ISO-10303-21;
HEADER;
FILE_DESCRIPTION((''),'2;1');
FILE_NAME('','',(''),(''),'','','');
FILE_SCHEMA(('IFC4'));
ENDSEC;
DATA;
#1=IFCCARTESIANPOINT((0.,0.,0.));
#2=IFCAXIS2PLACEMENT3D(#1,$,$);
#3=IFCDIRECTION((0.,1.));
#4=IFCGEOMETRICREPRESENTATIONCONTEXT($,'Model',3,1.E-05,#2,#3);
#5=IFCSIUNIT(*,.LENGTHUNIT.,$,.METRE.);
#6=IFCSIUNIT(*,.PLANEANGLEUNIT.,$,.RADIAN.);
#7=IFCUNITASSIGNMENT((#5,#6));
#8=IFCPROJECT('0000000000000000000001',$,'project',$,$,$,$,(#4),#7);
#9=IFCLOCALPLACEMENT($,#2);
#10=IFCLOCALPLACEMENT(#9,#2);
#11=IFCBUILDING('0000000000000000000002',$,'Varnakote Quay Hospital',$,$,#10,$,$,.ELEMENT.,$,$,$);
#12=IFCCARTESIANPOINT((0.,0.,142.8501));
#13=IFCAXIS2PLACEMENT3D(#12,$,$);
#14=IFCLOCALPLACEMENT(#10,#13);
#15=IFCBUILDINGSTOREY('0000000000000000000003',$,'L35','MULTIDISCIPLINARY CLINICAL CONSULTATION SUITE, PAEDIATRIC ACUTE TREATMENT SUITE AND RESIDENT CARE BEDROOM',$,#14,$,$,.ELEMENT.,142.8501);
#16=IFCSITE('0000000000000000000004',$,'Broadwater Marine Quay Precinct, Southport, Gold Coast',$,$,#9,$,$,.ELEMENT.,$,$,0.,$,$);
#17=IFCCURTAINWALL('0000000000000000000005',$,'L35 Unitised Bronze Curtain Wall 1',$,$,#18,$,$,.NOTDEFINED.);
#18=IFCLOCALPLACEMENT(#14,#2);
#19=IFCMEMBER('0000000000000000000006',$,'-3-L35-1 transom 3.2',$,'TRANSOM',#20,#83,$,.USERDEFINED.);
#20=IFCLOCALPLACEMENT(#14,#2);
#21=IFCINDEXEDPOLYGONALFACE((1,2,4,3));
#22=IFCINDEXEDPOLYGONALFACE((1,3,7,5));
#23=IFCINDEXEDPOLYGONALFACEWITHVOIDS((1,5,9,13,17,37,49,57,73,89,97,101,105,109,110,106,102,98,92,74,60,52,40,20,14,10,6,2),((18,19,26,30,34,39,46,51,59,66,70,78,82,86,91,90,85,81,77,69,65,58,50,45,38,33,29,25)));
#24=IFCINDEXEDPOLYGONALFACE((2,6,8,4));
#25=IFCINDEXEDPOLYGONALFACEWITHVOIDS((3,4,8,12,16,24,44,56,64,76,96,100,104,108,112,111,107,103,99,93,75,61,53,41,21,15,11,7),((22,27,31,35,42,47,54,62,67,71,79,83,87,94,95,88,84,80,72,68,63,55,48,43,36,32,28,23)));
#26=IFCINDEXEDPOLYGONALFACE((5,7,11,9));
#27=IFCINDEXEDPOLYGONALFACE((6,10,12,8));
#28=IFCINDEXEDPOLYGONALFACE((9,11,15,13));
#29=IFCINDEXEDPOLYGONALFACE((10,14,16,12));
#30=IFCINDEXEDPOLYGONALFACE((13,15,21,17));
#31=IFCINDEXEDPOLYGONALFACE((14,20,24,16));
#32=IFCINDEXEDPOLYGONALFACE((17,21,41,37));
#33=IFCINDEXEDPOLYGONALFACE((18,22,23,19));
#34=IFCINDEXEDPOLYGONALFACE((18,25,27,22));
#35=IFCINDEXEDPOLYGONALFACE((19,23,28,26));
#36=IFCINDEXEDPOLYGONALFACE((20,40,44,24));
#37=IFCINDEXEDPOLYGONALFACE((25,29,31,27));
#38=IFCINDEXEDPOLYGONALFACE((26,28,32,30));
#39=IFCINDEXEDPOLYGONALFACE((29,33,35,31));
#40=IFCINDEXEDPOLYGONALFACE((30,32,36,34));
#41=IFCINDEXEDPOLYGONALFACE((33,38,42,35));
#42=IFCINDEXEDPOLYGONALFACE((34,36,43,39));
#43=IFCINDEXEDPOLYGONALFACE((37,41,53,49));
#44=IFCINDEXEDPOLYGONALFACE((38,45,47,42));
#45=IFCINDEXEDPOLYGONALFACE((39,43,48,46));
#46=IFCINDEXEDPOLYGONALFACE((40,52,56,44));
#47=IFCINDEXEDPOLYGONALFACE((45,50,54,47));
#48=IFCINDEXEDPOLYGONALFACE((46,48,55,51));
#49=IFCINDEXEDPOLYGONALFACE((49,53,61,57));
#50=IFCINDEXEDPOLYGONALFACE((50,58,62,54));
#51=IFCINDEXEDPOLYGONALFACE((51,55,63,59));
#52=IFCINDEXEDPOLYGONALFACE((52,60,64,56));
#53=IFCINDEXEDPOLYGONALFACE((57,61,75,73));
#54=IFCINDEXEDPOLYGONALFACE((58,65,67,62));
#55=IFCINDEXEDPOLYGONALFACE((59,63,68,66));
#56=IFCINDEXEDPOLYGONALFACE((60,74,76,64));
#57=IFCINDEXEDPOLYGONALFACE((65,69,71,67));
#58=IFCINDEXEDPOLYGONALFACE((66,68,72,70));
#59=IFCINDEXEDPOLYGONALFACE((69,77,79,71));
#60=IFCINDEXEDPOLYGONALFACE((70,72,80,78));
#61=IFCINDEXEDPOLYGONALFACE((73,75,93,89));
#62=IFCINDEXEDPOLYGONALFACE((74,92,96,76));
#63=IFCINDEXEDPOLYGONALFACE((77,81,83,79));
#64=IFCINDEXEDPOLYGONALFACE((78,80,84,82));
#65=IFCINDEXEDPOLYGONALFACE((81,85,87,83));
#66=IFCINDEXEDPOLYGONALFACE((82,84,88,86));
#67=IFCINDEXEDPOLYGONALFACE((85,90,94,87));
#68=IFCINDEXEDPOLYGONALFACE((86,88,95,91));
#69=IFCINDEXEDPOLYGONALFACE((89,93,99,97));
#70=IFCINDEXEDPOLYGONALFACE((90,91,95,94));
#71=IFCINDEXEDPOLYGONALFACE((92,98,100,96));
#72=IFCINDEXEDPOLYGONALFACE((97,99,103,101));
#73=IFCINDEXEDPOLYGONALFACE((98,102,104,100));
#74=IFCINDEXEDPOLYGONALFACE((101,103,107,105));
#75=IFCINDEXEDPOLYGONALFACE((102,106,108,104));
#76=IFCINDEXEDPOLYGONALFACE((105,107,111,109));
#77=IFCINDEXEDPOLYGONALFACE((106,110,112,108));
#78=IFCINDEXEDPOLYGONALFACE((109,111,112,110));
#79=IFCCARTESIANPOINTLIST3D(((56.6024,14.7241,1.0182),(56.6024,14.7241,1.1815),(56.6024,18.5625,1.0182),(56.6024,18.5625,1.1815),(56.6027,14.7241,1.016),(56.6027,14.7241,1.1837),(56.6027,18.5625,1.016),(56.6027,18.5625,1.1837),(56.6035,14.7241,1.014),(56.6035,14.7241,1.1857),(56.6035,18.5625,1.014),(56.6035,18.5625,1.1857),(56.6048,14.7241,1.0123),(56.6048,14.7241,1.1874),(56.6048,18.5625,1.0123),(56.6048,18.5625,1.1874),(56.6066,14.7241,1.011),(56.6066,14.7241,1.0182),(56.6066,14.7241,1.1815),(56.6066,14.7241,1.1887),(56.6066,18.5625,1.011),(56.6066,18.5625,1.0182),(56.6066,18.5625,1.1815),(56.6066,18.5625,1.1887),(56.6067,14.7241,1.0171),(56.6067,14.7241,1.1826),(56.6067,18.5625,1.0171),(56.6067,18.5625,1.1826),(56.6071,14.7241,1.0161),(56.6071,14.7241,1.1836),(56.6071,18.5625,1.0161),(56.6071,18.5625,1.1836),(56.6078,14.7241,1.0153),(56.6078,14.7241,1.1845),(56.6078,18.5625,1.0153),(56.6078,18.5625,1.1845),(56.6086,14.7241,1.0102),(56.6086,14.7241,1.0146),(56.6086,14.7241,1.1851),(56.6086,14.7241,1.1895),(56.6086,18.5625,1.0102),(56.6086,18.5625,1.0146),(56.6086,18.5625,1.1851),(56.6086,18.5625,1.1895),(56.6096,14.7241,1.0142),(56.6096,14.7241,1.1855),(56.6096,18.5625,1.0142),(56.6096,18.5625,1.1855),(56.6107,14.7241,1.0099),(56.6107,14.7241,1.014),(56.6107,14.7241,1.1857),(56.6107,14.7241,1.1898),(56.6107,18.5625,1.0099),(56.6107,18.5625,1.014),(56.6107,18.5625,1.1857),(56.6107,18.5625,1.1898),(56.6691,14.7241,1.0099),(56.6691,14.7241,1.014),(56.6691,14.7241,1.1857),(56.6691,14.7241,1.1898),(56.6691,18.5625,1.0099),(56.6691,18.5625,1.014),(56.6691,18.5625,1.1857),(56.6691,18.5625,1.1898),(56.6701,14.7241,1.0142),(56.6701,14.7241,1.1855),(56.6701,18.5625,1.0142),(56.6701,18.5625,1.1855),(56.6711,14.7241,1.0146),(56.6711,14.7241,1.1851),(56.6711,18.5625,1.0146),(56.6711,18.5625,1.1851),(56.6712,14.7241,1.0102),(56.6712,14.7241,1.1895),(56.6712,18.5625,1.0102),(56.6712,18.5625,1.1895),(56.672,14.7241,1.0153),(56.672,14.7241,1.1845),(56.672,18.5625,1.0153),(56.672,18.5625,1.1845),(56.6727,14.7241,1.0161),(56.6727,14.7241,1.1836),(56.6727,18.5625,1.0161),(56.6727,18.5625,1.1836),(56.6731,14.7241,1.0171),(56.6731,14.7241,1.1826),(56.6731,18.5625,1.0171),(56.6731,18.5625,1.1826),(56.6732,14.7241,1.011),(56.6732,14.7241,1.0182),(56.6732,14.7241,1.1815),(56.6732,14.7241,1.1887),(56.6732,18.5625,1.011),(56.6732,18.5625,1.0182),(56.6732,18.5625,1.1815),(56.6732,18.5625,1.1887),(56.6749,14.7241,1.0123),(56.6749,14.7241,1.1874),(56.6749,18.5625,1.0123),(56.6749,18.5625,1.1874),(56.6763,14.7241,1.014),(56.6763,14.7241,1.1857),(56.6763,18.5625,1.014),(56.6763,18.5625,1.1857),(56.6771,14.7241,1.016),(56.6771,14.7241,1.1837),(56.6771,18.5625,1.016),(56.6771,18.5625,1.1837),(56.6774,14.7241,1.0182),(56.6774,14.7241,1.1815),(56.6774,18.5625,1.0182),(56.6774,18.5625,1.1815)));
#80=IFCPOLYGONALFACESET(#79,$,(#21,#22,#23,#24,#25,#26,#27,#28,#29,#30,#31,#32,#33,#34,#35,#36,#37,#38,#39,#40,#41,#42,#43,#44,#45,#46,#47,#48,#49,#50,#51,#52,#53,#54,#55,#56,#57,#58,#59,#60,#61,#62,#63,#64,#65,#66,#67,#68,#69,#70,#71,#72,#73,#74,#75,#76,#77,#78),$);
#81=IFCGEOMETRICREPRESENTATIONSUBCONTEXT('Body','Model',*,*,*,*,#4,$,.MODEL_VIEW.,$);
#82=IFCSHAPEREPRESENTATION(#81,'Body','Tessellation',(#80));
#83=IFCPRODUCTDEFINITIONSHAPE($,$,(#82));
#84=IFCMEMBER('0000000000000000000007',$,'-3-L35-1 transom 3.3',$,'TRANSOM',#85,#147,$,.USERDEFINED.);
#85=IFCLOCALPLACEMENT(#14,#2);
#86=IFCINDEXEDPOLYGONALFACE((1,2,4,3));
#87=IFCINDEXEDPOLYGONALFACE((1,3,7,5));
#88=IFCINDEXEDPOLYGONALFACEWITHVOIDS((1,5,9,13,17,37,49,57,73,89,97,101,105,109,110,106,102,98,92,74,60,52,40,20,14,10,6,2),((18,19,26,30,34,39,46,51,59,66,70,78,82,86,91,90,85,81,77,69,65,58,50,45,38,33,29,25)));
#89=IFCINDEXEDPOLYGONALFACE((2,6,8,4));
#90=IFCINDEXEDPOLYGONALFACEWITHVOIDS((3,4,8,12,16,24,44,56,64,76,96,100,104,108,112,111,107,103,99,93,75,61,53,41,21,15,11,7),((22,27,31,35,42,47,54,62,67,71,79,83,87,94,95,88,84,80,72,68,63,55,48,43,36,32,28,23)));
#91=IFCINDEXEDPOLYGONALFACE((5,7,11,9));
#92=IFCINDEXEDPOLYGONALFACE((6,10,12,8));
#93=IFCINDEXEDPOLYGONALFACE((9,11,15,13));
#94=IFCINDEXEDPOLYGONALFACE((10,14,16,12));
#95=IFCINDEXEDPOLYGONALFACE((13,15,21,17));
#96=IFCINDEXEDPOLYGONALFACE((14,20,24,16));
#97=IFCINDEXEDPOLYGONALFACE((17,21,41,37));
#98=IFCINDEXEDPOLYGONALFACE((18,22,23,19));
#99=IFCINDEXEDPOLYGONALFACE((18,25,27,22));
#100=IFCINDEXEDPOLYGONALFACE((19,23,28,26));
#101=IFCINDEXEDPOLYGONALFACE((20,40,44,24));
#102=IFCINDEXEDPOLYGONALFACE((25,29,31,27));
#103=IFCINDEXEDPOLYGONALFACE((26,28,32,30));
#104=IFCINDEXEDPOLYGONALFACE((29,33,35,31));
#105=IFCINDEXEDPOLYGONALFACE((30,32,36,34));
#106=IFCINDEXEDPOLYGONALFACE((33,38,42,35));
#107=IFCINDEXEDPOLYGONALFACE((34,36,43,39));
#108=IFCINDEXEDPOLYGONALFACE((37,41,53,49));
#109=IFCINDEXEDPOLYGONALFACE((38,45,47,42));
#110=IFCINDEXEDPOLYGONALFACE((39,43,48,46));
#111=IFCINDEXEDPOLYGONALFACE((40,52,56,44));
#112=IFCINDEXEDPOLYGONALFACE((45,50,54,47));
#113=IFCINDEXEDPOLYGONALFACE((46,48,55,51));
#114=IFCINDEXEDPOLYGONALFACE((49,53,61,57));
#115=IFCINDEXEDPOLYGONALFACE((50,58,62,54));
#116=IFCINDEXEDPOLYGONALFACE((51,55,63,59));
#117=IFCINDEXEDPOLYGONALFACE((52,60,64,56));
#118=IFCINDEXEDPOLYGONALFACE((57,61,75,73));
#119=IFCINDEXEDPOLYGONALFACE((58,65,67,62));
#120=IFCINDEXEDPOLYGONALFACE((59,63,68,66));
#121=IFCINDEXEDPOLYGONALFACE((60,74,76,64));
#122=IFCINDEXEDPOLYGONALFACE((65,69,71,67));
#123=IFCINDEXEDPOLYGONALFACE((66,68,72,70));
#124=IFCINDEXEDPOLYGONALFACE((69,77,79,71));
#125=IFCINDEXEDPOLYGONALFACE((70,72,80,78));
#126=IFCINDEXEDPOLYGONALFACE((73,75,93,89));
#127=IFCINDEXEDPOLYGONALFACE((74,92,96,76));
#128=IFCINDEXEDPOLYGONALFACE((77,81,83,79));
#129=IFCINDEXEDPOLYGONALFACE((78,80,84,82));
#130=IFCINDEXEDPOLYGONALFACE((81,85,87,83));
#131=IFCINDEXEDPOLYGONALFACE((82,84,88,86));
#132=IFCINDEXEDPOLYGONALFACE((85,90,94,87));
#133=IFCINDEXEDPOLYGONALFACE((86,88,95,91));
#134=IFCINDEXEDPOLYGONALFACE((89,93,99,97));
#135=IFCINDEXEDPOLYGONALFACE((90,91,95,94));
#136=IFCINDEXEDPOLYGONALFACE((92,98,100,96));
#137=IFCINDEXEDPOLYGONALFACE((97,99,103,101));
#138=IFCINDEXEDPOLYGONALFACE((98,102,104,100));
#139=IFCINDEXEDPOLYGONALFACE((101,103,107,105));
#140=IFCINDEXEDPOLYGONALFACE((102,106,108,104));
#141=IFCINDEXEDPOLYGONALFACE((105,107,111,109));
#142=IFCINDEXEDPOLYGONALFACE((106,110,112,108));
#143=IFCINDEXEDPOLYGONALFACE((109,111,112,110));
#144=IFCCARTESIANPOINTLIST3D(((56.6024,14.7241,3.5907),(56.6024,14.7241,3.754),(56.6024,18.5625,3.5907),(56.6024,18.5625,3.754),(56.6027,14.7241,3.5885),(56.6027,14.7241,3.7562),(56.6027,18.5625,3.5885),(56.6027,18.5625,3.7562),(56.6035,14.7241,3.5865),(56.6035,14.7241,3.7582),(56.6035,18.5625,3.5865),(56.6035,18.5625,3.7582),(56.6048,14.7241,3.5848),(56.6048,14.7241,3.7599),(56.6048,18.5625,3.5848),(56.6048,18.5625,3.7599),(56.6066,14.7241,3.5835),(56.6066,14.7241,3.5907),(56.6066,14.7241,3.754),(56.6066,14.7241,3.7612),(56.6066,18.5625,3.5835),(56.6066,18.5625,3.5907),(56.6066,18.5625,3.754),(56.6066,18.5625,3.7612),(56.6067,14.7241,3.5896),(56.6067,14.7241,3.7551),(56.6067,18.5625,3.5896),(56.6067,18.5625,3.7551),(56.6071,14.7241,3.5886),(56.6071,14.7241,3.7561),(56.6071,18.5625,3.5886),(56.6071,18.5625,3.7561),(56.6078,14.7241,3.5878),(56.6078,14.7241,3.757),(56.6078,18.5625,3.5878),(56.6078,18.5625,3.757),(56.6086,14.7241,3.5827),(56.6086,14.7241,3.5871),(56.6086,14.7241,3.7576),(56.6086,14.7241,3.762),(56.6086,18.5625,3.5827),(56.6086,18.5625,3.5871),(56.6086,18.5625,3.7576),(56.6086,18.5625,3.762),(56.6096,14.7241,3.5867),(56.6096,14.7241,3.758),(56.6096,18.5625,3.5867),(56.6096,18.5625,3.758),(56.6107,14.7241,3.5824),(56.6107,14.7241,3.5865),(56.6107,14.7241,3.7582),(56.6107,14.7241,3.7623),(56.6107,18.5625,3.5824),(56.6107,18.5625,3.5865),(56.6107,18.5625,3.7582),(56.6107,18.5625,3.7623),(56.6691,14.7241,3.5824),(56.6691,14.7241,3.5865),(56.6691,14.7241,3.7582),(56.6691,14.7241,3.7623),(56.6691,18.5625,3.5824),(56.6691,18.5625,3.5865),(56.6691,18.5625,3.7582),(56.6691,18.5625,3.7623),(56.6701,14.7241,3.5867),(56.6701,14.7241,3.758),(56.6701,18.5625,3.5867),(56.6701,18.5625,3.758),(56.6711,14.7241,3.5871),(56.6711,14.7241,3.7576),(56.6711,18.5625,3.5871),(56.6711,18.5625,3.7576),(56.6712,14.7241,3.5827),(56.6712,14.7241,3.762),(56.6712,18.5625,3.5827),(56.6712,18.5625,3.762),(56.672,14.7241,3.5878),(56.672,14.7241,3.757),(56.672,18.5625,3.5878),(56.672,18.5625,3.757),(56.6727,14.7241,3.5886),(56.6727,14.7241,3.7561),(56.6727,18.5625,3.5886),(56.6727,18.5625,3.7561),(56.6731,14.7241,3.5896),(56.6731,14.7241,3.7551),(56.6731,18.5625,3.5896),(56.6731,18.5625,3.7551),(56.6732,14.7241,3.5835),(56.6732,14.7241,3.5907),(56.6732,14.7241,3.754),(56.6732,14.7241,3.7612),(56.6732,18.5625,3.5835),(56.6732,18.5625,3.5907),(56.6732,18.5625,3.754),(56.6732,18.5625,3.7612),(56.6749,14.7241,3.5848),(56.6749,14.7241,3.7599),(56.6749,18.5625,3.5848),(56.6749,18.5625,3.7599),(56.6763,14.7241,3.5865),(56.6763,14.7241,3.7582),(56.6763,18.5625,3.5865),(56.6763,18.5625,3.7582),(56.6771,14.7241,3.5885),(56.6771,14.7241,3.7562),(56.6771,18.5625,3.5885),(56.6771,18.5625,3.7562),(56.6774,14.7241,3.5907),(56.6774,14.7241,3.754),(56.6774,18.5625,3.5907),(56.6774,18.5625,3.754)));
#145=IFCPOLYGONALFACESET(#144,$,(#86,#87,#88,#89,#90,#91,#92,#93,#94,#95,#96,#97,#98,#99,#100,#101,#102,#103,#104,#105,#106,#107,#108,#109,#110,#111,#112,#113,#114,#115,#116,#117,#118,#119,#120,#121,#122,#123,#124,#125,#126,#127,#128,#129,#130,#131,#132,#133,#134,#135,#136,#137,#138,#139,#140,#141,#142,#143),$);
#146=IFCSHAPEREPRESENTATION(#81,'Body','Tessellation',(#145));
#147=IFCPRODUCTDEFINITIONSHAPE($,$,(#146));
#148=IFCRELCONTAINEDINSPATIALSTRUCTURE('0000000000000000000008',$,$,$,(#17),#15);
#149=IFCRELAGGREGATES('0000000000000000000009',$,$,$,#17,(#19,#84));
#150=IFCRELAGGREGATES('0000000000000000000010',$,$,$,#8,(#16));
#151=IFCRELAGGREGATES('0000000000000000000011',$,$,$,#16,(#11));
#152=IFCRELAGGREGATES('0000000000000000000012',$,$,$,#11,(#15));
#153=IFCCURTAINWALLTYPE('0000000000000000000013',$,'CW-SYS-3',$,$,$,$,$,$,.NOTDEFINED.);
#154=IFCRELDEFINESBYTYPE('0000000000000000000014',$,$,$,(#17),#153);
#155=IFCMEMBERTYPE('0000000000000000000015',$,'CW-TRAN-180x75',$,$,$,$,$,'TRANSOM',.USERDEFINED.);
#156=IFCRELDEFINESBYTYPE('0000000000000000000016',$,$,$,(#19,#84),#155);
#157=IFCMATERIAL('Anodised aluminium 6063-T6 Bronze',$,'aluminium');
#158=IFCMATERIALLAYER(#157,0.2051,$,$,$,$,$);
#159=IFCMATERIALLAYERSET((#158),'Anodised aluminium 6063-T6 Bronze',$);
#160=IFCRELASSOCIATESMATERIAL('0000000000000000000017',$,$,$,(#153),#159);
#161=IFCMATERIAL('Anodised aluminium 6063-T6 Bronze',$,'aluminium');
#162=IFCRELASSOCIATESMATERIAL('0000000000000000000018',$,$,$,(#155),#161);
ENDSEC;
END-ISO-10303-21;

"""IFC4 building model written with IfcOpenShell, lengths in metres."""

from ifc_helpers import new_model, si_unit, direction, frame, origin, origin_2d, place, context, subcontext, project, spatial, hollow_rectangle, extrude, material, layer, layer_set, material_profile, profile_set, type_object, element, aggregate, save


model = new_model("IFC4")

# Units and contexts
model_context = context("Model", 3, precision=1e-05, world=origin(), true_north=direction((0.0, 1.0)))
body_context = subcontext(model_context, "Body", "Model", "MODEL_VIEW")
ifc_project = project(units=[si_unit("LENGTHUNIT", "METRE"), si_unit("PLANEANGLEUNIT", "RADIAN")], contexts=[model_context])

# Site, building, storey
site_placement = place(None, origin())
site = spatial("IfcSite", under=ifc_project, at=site_placement, Name="Broadwater Marine Quay Precinct, Southport, Gold Coast", CompositionType="ELEMENT", RefElevation=0.0)
building_placement = place(site_placement, origin())
building = spatial("IfcBuilding", under=site, at=building_placement, Name="Varnakote Quay Hospital", CompositionType="ELEMENT")
storey_placement = place(building_placement, frame((0.0, 0.0, 142.8501)))
storey = spatial("IfcBuildingStorey", under=building, at=storey_placement, Name="L35", Description="MULTIDISCIPLINARY CLINICAL CONSULTATION SUITE, PAEDIATRIC ACUTE TREATMENT SUITE AND RESIDENT CARE BEDROOM", CompositionType="ELEMENT", Elevation=142.8501)

# Curtain wall, members
ifc_material_1 = material(Name="Anodised aluminium 6063-T6 Bronze", Category="aluminium")
ifc_layer_1 = layer(ifc_material_1, 0.2051)
ifc_layer_set_1 = layer_set([ifc_layer_1], Name="Anodised aluminium 6063-T6 Bronze")
curtain_wall_type = type_object("IfcCurtainWallType", Name="CW-SYS-3", PredefinedType="NOTDEFINED", material=ifc_layer_set_1)
curtain_wall_placement = place(storey_placement, origin())
curtain_wall = element("IfcCurtainWall", 1, at=curtain_wall_placement, inside=storey, type_object=curtain_wall_type, Name="L35 Unitised Bronze Curtain Wall 1", PredefinedType="NOTDEFINED")
ifc_material_2 = material(Name="Anodised aluminium 6063-T6 Bronze", Category="aluminium")
ifc_material_profile_1 = material_profile(ifc_material_2, hollow_rectangle(XDim=0.075, YDim=0.1799, WallThickness=0.0042, InnerFilletRadius=0.0042, OuterFilletRadius=0.0083, at=origin_2d()), Name="CW-TRAN-180x75")
ifc_profile_set_1 = profile_set([ifc_material_profile_1], Name="Anodised aluminium 6063-T6 Bronze")
member_type_1 = type_object("IfcMemberType", Name="CW-TRAN-180x75", ElementType="TRANSOM", PredefinedType="USERDEFINED", material=ifc_profile_set_1)
member_1_placement = place(storey_placement, frame((56.6399, 14.7241, 1.0999), z_axis=(0.0, 1.0, 0.0), x_axis=(-1.0, 0.0, 0.0)))
member_1 = element("IfcMember", 2, at=member_1_placement, type_object=member_type_1, Name="-3-L35-1 transom 3.2", ObjectType="TRANSOM", PredefinedType="USERDEFINED", context=body_context, shape_type="SweptSolid", body=[
    extrude(hollow_rectangle(XDim=0.075, YDim=0.1799, WallThickness=0.0042, InnerFilletRadius=0.0042, OuterFilletRadius=0.0083, at=origin_2d()), origin(), (0.0, 0.0, 1.0), 3.8384),
])
member_2_placement = place(storey_placement, frame((56.6399, 14.7241, 3.6724), z_axis=(0.0, 1.0, 0.0), x_axis=(-1.0, 0.0, 0.0)))
member_2 = element("IfcMember", 3, at=member_2_placement, type_object=member_type_1, Name="-3-L35-1 transom 3.3", ObjectType="TRANSOM", PredefinedType="USERDEFINED", context=body_context, shape_type="SweptSolid", body=[
    extrude(hollow_rectangle(XDim=0.075, YDim=0.1799, WallThickness=0.0042, InnerFilletRadius=0.0042, OuterFilletRadius=0.0083, at=origin_2d()), origin(), (0.0, 0.0, 1.0), 3.8384),
])
aggregate(curtain_wall, [member_1, member_2])

save(model, "model.ifc")
